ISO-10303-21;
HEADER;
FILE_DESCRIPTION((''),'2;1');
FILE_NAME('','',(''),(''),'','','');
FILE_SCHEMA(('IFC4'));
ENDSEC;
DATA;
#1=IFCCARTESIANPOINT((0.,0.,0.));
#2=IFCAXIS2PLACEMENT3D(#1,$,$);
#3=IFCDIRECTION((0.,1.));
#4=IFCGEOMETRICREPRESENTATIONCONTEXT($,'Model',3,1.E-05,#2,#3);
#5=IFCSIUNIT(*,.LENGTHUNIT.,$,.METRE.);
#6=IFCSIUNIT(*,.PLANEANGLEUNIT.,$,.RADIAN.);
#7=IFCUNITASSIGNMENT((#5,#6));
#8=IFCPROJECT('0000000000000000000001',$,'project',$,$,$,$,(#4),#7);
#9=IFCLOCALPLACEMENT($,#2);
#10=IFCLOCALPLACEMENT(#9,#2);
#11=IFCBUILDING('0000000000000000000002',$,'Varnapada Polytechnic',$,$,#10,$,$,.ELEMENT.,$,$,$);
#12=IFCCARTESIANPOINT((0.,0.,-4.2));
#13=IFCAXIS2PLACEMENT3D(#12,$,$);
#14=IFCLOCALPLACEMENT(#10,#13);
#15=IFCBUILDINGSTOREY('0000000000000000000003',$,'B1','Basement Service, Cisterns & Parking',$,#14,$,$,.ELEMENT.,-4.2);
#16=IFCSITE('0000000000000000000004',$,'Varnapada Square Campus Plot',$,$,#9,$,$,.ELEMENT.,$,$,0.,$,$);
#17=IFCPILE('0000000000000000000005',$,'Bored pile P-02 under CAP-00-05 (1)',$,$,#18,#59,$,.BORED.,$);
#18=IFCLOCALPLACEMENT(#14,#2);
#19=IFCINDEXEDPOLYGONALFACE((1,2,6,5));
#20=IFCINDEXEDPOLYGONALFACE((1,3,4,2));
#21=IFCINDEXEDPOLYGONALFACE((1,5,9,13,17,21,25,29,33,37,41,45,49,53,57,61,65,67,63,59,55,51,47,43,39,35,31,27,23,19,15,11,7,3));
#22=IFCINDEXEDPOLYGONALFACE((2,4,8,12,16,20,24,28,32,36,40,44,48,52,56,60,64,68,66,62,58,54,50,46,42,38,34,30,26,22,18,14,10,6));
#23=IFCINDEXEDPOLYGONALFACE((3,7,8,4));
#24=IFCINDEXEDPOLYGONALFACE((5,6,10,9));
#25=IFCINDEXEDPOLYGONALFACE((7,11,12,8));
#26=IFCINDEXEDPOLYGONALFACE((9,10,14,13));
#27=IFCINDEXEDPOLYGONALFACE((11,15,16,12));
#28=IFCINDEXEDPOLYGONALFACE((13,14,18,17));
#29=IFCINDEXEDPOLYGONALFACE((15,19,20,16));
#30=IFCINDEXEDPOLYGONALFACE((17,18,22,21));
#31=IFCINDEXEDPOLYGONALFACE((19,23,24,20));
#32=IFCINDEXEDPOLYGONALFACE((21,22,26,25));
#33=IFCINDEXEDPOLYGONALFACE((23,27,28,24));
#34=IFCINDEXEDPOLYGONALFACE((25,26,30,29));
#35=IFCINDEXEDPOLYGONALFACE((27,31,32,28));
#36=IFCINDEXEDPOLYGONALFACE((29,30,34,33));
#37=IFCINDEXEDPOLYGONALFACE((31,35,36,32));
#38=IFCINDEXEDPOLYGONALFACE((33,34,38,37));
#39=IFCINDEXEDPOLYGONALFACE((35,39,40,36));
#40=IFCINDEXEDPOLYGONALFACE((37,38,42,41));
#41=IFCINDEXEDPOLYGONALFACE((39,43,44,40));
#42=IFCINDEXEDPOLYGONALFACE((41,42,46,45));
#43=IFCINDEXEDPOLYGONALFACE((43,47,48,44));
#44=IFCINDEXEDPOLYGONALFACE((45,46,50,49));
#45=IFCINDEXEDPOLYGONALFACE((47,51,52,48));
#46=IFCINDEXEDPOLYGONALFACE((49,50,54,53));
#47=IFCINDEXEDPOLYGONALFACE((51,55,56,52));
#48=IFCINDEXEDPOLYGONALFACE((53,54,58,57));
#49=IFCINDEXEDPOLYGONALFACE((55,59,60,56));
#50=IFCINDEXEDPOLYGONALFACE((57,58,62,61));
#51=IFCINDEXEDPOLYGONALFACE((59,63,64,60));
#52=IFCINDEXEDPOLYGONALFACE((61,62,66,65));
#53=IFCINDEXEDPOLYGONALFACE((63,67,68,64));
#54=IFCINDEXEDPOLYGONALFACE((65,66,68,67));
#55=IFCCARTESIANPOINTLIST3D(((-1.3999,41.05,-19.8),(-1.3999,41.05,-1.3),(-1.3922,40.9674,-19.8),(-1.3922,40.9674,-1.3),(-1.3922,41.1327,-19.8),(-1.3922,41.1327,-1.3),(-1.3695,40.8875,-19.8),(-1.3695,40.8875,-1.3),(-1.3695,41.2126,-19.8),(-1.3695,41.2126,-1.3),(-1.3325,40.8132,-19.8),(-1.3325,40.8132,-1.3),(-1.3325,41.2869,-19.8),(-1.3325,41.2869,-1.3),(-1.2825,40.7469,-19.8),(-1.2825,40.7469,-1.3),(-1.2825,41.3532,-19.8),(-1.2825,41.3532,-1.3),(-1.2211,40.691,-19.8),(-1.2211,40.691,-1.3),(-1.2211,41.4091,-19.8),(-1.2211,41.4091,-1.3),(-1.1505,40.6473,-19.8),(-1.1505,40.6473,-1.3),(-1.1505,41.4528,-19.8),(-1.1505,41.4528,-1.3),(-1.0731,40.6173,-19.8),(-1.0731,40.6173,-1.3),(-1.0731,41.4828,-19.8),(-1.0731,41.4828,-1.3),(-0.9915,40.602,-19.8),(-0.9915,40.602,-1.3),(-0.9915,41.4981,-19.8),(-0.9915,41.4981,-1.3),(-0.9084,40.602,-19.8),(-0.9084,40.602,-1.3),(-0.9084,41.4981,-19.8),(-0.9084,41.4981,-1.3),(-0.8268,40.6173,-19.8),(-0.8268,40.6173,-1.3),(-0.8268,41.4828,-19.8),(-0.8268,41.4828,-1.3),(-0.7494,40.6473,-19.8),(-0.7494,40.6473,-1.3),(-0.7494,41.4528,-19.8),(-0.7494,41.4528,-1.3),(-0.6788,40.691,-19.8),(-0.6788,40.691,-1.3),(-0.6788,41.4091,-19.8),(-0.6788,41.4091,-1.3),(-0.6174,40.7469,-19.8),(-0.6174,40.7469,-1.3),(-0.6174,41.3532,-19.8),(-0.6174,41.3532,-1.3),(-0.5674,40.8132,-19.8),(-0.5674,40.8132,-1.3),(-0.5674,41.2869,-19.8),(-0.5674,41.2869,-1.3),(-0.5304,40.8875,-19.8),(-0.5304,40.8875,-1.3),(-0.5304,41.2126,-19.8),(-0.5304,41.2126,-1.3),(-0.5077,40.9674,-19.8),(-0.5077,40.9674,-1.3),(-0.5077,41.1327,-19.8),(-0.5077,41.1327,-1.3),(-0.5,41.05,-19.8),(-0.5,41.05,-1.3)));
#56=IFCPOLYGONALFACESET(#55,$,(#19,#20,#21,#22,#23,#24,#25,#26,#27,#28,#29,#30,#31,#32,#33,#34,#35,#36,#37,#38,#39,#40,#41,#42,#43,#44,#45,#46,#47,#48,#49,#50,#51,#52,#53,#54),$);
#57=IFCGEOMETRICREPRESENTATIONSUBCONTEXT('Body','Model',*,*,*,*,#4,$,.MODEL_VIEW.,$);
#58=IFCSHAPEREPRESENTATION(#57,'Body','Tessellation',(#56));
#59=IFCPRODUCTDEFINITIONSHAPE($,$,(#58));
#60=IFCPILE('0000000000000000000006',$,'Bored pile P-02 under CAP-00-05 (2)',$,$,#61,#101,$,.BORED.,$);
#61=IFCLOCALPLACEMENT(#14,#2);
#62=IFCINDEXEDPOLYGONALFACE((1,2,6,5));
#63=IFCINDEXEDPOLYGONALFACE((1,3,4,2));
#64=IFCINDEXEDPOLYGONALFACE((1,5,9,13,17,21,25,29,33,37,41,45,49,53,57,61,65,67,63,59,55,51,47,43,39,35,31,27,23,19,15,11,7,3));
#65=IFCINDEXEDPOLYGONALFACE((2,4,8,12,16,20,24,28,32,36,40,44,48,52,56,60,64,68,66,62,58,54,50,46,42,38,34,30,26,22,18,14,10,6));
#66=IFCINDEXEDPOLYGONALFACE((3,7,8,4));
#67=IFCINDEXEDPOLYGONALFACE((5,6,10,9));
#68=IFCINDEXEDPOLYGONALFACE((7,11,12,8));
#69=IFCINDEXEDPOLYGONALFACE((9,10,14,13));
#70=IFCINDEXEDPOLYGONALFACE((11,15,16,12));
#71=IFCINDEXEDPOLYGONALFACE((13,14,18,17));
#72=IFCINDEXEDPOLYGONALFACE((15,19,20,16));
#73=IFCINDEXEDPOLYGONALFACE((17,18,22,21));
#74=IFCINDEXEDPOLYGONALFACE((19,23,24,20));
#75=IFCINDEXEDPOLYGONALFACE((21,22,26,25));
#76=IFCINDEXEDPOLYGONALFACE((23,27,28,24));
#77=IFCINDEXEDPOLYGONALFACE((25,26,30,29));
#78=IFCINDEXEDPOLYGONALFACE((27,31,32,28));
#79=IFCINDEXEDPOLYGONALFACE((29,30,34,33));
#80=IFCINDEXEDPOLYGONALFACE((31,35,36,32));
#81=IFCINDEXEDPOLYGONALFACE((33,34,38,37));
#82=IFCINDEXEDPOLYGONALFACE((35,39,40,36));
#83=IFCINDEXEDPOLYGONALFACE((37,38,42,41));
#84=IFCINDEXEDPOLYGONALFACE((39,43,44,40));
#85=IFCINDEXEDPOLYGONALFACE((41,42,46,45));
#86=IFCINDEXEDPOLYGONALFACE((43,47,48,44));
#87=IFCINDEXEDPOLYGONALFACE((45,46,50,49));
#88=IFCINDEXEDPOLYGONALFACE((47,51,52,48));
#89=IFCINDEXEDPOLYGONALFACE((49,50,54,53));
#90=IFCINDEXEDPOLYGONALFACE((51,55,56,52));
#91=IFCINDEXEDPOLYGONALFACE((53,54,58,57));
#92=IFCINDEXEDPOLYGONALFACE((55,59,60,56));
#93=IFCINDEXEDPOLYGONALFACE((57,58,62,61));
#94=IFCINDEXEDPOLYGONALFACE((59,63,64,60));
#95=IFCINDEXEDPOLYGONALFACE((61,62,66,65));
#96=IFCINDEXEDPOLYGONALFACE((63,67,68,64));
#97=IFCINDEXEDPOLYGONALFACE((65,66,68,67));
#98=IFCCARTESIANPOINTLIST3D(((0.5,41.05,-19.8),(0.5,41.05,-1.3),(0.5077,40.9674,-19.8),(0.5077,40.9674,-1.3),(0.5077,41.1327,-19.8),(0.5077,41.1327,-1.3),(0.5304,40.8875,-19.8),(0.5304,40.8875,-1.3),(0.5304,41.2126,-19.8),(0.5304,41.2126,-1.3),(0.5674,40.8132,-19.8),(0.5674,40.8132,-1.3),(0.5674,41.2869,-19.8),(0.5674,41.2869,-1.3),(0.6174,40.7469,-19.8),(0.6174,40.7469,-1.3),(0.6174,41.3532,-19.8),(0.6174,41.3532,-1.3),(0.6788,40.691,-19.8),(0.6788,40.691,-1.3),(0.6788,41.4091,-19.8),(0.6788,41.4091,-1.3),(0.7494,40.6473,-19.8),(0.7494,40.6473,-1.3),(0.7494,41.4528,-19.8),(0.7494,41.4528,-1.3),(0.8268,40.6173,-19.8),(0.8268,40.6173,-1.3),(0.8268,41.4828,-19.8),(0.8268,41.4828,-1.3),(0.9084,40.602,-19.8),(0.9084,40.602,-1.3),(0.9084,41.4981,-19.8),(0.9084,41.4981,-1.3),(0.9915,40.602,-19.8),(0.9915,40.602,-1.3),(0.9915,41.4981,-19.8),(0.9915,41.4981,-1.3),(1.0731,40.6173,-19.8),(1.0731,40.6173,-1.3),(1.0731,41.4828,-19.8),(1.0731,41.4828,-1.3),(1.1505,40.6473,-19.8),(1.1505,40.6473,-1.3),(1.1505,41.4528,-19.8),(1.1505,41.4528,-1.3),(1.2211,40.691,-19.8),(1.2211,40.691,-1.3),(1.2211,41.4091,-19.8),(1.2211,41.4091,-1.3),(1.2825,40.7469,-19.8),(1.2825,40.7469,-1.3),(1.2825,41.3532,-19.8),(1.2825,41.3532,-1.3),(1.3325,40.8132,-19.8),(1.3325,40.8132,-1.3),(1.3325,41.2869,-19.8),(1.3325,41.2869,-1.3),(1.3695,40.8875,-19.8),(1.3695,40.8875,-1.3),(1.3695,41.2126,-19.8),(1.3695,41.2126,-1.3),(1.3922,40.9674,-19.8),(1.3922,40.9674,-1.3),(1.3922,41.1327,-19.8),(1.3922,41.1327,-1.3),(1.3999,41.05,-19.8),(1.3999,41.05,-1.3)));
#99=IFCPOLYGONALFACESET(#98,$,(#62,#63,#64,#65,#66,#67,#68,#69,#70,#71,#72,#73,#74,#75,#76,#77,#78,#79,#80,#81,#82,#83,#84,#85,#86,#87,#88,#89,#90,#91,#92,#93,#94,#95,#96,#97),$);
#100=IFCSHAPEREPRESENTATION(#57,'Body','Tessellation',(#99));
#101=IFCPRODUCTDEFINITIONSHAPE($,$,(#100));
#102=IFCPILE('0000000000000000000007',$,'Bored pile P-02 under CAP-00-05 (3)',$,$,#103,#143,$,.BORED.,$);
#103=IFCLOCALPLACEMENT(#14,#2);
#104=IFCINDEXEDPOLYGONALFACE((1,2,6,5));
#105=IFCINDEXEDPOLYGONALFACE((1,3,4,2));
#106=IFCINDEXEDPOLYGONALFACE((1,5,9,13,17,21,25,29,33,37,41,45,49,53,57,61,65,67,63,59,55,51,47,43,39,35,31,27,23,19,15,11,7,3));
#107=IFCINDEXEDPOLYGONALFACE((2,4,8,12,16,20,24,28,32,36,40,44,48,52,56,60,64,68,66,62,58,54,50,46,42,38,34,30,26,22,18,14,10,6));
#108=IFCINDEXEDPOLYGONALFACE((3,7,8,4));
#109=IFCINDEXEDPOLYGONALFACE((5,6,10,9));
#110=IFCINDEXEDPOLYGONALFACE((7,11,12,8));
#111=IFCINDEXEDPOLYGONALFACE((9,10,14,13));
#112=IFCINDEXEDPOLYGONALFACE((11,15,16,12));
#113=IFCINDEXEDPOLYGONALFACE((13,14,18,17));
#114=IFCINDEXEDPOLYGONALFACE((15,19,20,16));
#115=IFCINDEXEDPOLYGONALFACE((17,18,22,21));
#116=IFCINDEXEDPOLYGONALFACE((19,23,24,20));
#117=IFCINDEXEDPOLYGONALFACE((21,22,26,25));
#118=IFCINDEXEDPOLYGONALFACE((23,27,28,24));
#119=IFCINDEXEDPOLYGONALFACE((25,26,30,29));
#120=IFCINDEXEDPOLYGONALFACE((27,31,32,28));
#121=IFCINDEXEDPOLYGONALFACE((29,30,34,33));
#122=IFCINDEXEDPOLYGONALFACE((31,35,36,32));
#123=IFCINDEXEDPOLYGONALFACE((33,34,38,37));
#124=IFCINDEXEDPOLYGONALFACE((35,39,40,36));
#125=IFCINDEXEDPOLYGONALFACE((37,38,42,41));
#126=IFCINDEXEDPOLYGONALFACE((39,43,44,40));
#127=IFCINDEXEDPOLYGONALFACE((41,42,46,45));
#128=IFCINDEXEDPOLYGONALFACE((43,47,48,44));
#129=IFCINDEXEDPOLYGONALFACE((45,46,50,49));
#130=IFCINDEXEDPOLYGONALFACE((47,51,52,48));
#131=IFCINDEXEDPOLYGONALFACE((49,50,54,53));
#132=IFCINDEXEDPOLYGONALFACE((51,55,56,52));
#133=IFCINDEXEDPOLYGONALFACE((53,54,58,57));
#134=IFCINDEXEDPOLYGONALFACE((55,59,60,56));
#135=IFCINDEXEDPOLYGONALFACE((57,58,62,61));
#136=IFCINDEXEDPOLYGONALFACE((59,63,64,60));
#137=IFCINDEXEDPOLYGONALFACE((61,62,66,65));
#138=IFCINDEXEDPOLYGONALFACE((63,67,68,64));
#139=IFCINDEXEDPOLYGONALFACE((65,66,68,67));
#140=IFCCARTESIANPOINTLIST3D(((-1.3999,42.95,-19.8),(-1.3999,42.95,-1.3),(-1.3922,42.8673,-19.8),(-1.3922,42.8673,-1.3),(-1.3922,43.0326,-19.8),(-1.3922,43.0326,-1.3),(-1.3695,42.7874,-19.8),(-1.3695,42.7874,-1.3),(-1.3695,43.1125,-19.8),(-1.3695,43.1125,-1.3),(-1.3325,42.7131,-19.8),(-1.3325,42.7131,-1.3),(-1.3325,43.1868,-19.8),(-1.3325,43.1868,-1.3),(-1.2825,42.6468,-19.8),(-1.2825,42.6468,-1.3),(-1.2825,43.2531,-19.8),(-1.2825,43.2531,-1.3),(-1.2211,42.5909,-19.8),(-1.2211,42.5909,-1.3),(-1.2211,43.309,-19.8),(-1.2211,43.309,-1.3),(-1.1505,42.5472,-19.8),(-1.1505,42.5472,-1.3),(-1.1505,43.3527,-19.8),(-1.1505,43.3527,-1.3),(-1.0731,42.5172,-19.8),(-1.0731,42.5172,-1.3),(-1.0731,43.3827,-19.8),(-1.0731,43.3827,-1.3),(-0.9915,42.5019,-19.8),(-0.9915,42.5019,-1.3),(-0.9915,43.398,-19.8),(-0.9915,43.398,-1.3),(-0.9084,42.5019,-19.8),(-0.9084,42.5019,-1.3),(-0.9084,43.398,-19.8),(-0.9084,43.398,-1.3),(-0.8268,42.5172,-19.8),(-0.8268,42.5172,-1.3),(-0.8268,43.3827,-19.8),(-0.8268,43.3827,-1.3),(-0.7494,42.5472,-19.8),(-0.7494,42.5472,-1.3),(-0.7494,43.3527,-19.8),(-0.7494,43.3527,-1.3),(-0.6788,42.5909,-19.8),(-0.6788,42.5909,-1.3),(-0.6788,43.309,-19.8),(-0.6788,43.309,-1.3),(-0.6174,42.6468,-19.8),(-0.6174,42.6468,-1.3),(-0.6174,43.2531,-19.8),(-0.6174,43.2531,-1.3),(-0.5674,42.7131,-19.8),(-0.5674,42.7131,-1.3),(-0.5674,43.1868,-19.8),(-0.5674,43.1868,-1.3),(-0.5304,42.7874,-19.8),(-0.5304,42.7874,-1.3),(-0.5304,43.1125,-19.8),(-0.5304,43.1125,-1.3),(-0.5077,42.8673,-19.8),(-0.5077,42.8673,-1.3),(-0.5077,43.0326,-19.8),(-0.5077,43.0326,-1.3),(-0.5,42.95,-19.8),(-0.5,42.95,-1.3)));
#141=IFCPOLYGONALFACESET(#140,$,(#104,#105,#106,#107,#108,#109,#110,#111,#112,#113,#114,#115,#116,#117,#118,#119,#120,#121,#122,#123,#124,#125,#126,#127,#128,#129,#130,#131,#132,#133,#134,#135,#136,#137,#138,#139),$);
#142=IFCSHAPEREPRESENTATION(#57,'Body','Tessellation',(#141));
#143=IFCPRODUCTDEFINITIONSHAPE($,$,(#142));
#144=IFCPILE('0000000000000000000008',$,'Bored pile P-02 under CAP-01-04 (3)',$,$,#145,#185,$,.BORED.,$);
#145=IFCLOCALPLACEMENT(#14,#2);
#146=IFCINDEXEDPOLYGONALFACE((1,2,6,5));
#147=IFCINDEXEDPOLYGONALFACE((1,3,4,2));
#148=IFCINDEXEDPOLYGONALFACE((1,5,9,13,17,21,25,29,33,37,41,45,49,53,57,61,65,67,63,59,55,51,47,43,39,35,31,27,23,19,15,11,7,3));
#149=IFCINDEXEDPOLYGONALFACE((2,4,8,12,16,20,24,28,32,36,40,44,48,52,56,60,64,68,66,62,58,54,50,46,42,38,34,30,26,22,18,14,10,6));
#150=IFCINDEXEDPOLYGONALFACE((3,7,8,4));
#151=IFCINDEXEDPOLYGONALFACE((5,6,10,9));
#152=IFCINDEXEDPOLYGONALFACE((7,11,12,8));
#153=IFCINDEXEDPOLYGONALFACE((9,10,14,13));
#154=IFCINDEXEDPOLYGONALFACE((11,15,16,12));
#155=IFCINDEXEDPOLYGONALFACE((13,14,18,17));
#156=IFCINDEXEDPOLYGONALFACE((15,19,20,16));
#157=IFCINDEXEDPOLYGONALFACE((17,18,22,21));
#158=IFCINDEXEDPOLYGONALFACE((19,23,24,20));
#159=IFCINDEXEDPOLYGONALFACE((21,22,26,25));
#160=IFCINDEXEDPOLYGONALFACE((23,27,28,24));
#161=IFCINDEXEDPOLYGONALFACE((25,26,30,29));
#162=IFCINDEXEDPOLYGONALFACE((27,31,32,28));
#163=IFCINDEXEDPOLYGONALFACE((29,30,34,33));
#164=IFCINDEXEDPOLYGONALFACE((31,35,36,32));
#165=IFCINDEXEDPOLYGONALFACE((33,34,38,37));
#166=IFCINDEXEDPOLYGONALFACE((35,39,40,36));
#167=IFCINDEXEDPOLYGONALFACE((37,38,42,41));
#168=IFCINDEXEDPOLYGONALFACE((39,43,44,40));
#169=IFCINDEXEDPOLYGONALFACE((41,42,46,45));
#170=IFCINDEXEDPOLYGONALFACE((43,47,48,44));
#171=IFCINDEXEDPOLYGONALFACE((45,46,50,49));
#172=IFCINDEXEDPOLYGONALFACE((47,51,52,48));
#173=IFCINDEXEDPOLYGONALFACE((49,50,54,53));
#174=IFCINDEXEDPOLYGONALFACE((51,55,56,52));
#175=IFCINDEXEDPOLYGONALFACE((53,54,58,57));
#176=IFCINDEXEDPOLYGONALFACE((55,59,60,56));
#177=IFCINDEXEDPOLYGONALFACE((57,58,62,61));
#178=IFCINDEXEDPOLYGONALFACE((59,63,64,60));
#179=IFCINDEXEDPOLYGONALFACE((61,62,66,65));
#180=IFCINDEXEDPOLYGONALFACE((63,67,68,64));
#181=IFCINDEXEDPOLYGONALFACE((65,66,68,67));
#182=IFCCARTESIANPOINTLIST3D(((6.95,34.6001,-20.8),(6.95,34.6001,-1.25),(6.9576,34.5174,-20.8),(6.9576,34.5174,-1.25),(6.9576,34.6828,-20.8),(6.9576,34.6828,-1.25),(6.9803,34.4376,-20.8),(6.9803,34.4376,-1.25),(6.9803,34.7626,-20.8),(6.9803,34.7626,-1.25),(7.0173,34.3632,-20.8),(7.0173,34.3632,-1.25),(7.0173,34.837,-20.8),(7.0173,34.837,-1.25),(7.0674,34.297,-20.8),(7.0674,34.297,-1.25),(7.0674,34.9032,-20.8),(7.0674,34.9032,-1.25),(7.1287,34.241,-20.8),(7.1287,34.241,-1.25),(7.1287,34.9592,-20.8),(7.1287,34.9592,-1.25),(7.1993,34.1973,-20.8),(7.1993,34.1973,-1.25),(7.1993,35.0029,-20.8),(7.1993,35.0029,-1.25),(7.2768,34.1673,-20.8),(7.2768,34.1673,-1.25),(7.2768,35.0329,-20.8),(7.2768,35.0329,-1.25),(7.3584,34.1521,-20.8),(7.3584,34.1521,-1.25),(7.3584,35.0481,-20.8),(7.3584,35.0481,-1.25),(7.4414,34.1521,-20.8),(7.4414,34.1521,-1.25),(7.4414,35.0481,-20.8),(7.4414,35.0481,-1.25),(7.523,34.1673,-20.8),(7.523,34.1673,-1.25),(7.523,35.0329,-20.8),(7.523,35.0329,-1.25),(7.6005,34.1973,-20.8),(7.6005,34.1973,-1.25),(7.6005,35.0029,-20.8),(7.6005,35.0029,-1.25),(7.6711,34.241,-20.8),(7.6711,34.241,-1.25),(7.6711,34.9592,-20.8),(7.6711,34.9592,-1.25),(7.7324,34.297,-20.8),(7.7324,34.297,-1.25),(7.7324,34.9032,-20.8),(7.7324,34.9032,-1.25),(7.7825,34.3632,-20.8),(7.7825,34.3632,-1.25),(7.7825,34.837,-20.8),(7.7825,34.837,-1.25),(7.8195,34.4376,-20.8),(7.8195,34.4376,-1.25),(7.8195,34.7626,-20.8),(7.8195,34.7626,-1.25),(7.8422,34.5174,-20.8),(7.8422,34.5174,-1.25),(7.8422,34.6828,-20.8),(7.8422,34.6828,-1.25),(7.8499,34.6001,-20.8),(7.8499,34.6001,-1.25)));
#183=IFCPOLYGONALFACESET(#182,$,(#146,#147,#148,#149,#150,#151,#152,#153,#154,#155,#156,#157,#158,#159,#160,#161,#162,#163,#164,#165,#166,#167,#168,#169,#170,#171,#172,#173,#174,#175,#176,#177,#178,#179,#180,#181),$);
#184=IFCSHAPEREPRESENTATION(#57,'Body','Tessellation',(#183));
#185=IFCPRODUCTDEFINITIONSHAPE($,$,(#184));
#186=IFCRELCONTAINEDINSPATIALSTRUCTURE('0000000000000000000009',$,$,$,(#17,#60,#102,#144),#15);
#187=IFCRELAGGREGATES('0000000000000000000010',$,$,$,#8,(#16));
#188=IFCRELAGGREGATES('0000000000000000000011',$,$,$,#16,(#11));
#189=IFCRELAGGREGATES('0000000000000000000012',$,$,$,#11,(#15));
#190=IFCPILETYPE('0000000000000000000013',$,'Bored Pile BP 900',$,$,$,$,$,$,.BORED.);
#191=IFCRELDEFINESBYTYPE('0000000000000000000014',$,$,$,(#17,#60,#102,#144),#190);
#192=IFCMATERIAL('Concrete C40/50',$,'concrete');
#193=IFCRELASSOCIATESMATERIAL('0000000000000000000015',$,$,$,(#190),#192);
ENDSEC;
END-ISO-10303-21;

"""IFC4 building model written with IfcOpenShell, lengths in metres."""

from ifc_helpers import new_model, si_unit, direction, frame, origin, origin_2d, place, context, subcontext, project, spatial, circle, extrude, material, material_profile, profile_set, type_object, element, save


model = new_model("IFC4")

# Units and contexts
model_context = context("Model", 3, precision=1e-05, world=origin(), true_north=direction((0.0, 1.0)))
body_context = subcontext(model_context, "Body", "Model", "MODEL_VIEW")
ifc_project = project(units=[si_unit("LENGTHUNIT", "METRE"), si_unit("PLANEANGLEUNIT", "RADIAN")], contexts=[model_context])

# Site, building, storey
site_placement = place(None, origin())
site = spatial("IfcSite", under=ifc_project, at=site_placement, Name="Varnapada Square Campus Plot", CompositionType="ELEMENT", RefElevation=0.0)
building_placement = place(site_placement, origin())
building = spatial("IfcBuilding", under=site, at=building_placement, Name="Varnapada Polytechnic", CompositionType="ELEMENT")
storey_placement = place(building_placement, frame((0.0, 0.0, -4.2)))
storey = spatial("IfcBuildingStorey", under=building, at=storey_placement, Name="B1", Description="Basement Service, Cisterns & Parking", CompositionType="ELEMENT", Elevation=-4.2)

# Piles
ifc_material_1 = material(Name="Concrete C40/50", Category="concrete")
ifc_material_profile_1 = material_profile(ifc_material_1, circle(Radius=0.45, at=origin_2d()), Name="BP 900")
ifc_profile_set_1 = profile_set([ifc_material_profile_1], Name="Concrete C40/50")
pile_type = type_object("IfcPileType", Name="Bored Pile BP 900", PredefinedType="BORED", material=ifc_profile_set_1)
for number, where, z_axis, x_axis, name in (
    (1, (-0.95, 41.05, -1.3), (0.0, 0.0, -1.0), (1.0, 0.0, 0.0), "Bored pile P-02 under CAP-00-05 (1)"),
    (2, (0.95, 41.05, -1.3), (0.0, 0.0, -1.0), (1.0, 0.0, 0.0), "Bored pile P-02 under CAP-00-05 (2)"),
    (3, (-0.95, 42.95, -1.3), (0.0, 0.0, -1.0), (1.0, 0.0, 0.0), "Bored pile P-02 under CAP-00-05 (3)"),
):
    element("IfcPile", number, at=place(storey_placement, frame(where, z_axis=z_axis, x_axis=x_axis)), inside=storey, type_object=pile_type, Name=name, PredefinedType="BORED", context=body_context, shape_type="SweptSolid", body=[
        extrude(circle(Radius=0.45, at=origin_2d()), origin(), (0.0, 0.0, 1.0), 18.5),
    ])
for number, where, z_axis, x_axis, name in (
    (4, (7.3999, 34.6001, -1.25), (0.0, 0.0, -1.0), (1.0, 0.0, 0.0), "Bored pile P-02 under CAP-01-04 (3)"),
):
    element("IfcPile", number, at=place(storey_placement, frame(where, z_axis=z_axis, x_axis=x_axis)), inside=storey, type_object=pile_type, Name=name, PredefinedType="BORED", context=body_context, shape_type="SweptSolid", body=[
        extrude(circle(Radius=0.45, at=origin_2d()), origin(), (0.0, 0.0, 1.0), 19.55),
    ])

save(model, "model.ifc")
